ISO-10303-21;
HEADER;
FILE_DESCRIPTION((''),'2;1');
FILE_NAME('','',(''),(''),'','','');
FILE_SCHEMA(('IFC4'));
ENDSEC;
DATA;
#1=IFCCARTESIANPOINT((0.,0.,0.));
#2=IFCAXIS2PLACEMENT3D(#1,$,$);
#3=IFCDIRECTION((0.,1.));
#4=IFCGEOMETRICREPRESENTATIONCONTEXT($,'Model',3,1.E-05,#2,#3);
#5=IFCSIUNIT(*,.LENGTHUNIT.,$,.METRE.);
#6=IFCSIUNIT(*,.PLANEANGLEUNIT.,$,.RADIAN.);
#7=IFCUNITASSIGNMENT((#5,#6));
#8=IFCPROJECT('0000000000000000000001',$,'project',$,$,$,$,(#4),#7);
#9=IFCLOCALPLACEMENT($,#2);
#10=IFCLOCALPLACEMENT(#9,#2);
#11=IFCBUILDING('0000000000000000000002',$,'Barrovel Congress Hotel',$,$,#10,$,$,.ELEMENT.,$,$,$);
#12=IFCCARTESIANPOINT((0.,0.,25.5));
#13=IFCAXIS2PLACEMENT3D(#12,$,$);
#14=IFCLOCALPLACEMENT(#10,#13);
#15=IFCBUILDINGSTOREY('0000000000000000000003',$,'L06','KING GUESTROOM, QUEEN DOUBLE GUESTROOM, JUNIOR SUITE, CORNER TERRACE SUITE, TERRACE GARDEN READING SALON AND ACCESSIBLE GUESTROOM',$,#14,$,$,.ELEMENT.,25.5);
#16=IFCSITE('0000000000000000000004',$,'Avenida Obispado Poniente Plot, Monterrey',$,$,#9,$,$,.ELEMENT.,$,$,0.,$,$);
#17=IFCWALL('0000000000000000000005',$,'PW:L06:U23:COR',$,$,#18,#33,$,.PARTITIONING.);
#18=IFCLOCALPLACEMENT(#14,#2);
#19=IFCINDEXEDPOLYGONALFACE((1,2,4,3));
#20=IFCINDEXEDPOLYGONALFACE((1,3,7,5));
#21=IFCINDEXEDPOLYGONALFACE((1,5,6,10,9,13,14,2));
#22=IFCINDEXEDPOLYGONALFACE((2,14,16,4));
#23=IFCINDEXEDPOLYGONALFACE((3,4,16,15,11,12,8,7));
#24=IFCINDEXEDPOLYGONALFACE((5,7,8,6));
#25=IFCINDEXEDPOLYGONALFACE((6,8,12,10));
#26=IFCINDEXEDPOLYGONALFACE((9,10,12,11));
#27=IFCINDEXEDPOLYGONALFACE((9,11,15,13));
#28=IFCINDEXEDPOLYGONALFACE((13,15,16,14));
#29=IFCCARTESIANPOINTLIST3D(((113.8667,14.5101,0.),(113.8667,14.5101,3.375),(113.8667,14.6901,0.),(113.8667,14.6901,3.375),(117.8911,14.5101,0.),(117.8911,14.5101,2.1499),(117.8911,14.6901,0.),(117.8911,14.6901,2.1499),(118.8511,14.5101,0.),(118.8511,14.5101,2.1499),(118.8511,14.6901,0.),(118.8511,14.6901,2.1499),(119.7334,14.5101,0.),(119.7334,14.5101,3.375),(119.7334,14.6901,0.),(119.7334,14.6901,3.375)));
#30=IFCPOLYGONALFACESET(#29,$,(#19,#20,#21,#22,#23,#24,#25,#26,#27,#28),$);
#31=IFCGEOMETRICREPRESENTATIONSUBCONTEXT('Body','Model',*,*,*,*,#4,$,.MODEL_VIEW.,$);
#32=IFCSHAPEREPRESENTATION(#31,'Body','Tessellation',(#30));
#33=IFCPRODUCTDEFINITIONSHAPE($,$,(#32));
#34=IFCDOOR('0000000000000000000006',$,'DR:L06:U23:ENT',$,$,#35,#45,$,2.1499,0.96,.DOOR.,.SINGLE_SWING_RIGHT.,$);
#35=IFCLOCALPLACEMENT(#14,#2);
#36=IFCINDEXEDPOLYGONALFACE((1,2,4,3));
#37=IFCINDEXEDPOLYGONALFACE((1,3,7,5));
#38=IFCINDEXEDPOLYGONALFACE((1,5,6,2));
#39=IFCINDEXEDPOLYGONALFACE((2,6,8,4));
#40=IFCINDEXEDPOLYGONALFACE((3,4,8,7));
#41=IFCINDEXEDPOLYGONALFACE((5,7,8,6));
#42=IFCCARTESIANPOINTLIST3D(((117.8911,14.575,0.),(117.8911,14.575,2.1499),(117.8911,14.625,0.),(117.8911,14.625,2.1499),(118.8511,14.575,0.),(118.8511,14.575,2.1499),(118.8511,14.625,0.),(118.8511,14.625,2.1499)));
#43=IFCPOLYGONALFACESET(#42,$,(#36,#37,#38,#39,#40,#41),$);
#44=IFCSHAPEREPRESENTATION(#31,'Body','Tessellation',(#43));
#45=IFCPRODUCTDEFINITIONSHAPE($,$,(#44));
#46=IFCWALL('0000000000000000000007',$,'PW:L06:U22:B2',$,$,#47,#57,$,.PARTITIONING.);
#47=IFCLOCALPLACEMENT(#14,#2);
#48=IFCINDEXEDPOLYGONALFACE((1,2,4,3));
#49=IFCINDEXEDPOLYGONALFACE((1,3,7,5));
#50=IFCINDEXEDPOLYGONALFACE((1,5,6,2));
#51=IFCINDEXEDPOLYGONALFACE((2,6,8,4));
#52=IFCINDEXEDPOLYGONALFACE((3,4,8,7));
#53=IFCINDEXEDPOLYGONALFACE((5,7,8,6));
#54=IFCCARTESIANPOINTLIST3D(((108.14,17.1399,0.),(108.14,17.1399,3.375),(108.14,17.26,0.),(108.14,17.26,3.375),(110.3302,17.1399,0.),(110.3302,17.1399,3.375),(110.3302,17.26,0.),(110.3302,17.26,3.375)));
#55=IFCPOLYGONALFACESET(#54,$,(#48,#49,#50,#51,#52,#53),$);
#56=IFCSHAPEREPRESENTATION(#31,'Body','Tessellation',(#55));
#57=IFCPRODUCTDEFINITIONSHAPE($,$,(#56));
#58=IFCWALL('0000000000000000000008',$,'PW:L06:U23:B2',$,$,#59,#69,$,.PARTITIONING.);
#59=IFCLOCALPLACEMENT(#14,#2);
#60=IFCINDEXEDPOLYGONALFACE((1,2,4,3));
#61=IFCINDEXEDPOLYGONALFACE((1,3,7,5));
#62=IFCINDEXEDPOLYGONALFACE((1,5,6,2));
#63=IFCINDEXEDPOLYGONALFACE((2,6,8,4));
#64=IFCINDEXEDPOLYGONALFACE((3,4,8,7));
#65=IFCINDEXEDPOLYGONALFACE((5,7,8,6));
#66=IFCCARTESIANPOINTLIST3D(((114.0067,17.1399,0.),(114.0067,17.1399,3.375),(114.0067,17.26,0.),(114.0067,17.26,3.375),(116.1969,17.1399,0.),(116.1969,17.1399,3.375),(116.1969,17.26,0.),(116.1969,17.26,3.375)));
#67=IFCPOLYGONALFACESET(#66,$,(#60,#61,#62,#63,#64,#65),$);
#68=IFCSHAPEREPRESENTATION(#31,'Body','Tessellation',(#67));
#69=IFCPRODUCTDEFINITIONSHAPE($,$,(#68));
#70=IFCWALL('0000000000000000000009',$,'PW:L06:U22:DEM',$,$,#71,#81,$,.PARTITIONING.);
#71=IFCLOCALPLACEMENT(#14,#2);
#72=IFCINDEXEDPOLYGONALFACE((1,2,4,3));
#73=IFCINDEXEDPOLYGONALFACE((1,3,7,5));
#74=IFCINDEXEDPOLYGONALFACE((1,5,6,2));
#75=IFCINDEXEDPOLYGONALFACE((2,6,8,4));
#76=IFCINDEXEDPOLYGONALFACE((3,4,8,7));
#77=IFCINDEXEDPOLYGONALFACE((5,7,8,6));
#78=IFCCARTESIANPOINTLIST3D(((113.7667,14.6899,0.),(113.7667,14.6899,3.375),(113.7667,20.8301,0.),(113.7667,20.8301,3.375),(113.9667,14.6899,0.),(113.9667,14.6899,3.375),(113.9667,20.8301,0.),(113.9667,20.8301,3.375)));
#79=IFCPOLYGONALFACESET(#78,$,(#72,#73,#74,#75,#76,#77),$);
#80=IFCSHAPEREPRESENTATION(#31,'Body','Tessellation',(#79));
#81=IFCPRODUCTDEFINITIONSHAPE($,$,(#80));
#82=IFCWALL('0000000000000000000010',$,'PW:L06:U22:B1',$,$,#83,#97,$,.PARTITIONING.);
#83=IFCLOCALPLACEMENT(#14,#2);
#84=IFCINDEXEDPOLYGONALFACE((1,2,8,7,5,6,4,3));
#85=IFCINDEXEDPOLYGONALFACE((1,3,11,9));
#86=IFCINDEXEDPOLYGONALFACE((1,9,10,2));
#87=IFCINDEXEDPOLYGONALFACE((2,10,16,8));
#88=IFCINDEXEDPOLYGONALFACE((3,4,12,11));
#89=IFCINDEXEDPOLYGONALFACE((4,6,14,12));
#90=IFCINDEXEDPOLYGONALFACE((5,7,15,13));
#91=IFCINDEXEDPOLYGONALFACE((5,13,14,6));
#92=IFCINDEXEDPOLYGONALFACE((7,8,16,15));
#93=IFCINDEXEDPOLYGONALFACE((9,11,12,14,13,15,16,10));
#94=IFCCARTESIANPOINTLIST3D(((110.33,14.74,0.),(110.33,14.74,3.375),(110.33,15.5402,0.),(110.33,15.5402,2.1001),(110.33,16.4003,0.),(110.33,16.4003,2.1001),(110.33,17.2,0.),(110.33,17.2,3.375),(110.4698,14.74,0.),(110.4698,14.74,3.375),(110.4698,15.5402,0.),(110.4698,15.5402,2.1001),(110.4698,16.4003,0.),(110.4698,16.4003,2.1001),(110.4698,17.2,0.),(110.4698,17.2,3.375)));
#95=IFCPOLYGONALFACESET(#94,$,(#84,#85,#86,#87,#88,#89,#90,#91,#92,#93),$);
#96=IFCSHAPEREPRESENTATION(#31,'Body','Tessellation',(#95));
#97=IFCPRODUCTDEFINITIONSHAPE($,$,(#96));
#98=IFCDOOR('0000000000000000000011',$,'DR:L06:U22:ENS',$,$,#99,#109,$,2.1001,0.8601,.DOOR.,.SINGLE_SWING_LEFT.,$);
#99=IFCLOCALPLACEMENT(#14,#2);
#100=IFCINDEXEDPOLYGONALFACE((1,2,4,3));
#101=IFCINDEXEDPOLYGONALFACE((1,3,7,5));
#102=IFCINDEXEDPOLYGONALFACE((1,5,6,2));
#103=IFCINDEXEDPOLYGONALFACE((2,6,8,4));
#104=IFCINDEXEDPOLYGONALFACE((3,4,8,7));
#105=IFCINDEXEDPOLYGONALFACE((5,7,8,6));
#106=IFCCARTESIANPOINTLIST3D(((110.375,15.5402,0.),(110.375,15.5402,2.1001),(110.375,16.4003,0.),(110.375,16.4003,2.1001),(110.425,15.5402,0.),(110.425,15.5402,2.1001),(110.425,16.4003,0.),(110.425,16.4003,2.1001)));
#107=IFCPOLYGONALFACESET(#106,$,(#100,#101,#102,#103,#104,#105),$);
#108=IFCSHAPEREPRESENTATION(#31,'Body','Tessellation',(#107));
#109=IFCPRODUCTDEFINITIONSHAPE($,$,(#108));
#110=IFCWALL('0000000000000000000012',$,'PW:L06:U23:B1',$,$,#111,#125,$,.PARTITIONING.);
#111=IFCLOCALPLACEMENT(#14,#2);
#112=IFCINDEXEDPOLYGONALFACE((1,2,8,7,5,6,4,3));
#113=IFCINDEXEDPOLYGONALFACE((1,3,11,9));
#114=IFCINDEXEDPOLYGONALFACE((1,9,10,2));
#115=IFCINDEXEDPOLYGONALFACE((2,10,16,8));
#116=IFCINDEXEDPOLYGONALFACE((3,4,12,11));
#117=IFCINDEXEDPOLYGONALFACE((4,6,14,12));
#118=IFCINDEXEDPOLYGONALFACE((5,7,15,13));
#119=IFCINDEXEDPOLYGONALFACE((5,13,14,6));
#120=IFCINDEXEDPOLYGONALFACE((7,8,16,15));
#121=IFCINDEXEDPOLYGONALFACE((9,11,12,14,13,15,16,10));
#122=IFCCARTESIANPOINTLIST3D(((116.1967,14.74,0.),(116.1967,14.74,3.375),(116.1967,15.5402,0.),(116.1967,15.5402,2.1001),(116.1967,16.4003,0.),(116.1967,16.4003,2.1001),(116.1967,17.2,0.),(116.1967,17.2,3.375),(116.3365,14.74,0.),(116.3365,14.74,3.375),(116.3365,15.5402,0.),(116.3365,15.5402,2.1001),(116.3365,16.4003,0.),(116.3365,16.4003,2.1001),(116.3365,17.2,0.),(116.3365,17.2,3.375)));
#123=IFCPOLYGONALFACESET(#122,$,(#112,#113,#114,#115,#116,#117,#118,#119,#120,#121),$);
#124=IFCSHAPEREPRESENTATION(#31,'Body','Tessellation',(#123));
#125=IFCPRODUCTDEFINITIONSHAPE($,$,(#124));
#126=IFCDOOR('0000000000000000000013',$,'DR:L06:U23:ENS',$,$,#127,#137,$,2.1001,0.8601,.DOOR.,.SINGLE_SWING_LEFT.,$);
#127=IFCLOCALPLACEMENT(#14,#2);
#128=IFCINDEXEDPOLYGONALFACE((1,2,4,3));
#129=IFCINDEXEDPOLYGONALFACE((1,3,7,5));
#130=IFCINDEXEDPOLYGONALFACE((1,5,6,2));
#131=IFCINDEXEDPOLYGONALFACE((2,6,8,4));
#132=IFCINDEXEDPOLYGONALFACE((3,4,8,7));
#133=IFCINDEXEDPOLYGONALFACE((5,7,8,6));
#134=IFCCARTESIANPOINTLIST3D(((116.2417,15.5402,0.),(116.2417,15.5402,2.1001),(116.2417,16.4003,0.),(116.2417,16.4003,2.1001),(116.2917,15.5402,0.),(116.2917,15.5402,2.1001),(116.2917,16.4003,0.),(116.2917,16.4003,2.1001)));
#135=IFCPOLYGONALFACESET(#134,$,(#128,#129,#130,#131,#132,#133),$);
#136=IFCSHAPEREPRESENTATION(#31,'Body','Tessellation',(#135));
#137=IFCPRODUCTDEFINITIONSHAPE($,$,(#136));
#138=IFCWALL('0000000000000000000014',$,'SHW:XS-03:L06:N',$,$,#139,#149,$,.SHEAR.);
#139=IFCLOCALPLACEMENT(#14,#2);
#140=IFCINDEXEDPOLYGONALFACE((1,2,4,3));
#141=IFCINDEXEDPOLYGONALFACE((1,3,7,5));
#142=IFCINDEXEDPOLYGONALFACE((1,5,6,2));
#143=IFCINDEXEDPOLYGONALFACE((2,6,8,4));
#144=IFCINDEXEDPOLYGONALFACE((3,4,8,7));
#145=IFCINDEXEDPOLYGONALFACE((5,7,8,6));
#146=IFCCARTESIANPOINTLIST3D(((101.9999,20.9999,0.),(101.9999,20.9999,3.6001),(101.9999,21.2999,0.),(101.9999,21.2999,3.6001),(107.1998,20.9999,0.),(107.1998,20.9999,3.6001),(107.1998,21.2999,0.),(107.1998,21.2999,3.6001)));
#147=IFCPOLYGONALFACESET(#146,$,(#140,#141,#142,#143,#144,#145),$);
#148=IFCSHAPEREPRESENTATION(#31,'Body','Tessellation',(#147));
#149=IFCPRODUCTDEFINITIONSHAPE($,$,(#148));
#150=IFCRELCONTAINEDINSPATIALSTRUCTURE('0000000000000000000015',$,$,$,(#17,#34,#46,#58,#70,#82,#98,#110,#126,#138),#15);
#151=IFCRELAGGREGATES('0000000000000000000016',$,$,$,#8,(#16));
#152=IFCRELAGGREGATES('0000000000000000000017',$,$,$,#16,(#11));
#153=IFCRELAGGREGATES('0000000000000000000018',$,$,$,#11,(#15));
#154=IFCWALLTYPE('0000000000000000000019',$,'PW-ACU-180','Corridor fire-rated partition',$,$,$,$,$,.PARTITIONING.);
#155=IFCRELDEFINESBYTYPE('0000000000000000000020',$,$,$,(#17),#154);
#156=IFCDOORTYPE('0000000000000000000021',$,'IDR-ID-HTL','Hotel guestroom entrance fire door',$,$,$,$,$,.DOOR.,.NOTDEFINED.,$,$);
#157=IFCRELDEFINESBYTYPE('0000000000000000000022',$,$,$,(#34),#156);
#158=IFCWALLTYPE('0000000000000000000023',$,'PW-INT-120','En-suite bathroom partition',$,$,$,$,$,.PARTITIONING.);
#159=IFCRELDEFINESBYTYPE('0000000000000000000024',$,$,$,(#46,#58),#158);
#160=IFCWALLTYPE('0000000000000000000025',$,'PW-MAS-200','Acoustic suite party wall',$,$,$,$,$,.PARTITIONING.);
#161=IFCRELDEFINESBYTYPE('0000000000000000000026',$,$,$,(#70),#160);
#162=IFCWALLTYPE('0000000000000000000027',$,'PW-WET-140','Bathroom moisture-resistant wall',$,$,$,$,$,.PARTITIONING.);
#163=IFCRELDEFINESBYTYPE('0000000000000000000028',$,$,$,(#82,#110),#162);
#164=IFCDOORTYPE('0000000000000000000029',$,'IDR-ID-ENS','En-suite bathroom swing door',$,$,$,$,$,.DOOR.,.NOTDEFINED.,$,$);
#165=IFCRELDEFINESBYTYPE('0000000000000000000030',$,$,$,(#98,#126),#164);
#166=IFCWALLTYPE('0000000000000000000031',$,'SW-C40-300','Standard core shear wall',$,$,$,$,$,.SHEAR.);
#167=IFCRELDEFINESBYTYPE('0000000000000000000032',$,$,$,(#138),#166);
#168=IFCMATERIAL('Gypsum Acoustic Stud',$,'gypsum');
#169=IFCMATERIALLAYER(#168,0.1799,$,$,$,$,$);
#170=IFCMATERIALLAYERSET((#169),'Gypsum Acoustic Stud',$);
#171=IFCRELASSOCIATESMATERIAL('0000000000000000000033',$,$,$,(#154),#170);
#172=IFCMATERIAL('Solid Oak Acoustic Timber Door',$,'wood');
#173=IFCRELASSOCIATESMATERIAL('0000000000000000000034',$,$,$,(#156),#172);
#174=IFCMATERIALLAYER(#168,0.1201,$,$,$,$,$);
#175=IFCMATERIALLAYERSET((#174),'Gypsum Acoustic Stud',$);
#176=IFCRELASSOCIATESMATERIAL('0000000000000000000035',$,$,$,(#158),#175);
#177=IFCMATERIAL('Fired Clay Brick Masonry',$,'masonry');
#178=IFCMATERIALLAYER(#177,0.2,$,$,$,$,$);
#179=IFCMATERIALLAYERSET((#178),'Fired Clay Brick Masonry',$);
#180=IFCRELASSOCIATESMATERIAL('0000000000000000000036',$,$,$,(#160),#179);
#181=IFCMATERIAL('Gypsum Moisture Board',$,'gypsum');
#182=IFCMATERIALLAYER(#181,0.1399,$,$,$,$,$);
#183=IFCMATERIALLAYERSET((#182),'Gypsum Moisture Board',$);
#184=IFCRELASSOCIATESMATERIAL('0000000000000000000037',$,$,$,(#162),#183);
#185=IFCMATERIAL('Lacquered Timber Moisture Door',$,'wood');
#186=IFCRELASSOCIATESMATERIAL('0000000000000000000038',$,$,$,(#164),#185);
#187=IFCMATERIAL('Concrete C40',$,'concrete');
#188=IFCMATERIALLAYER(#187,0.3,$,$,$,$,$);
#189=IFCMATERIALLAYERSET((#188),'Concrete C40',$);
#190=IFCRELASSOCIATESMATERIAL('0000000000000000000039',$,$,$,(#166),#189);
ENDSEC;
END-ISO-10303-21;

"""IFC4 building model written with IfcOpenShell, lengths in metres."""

from ifc_helpers import new_model, si_unit, direction, frame, frame_2d, origin, place, context, subcontext, project, spatial, rectangle, extrude, material, layer, layer_set, type_object, element, fill, save


model = new_model("IFC4")

# Units and contexts
model_context = context("Model", 3, precision=1e-05, world=origin(), true_north=direction((0.0, 1.0)))
body_context = subcontext(model_context, "Body", "Model", "MODEL_VIEW")
ifc_project = project(units=[si_unit("LENGTHUNIT", "METRE"), si_unit("PLANEANGLEUNIT", "RADIAN")], contexts=[model_context])

# Site, building, storey
site_placement = place(None, origin())
site = spatial("IfcSite", under=ifc_project, at=site_placement, Name="Avenida Obispado Poniente Plot, Monterrey", CompositionType="ELEMENT", RefElevation=0.0)
building_placement = place(site_placement, origin())
building = spatial("IfcBuilding", under=site, at=building_placement, Name="Barrovel Congress Hotel", CompositionType="ELEMENT")
storey_placement = place(building_placement, frame((0.0, 0.0, 25.5)))
storey = spatial("IfcBuildingStorey", under=building, at=storey_placement, Name="L06", Description="KING GUESTROOM, QUEEN DOUBLE GUESTROOM, JUNIOR SUITE, CORNER TERRACE SUITE, TERRACE GARDEN READING SALON AND ACCESSIBLE GUESTROOM", CompositionType="ELEMENT", Elevation=25.5)

# Shared definitions
ifc_material_1 = material(Name="Concrete C40", Category="concrete")

# Shared definitions
ifc_material_2 = material(Name="Fired Clay Brick Masonry", Category="masonry")

# Wall, opening, door
ifc_material_3 = material(Name="Gypsum Acoustic Stud", Category="gypsum")
ifc_layer_1 = layer(ifc_material_3, 0.1799)
ifc_layer_set_1 = layer_set([ifc_layer_1], Name="Gypsum Acoustic Stud")
wall_type_1 = type_object("IfcWallType", Name="PW-ACU-180", Description="Corridor fire-rated partition", PredefinedType="PARTITIONING", material=ifc_layer_set_1)
ifc_material_4 = material(Name="Solid Oak Acoustic Timber Door", Category="wood")
door_type_1 = type_object("IfcDoorType", Name="IDR-ID-HTL", Description="Hotel guestroom entrance fire door", OperationType="NOTDEFINED", PredefinedType="DOOR", material=ifc_material_4)
wall_1_placement = place(storey_placement, frame((113.8667, 14.6001, 0.0), z_axis=(0.0, 0.0, 1.0), x_axis=(1.0, 0.0, 0.0)))
wall_1 = element("IfcWall", 1, at=wall_1_placement, inside=storey, type_object=wall_type_1, Name="PW:L06:U23:COR", PredefinedType="PARTITIONING", context=body_context, shape_type="SweptSolid", body=[
    extrude(rectangle(XDim=5.8667, YDim=0.1799, at=frame_2d((2.9333, 0.0))), origin(), (0.0, 0.0, 1.0), 3.375),
])
opening_1_placement = place(wall_1_placement, frame((4.0244, 0.0, 0.0)))
opening_1 = element("IfcOpeningElement", 2, at=opening_1_placement, cuts=wall_1, PredefinedType="OPENING", context=body_context, shape_type="SweptSolid", body=[
    extrude(rectangle(XDim=0.96, YDim=2.1499, at=frame_2d((0.48, 1.075))), frame((0.0, 0.1001, 0.0), z_axis=(0.0, -1.0, 0.0), x_axis=(1.0, 0.0, 0.0)), (0.0, 0.0, 1.0), 0.2),
])
door_1_placement = place(opening_1_placement, origin())
door_1 = element("IfcDoor", 3, at=door_1_placement, inside=storey, type_object=door_type_1, Name="DR:L06:U23:ENT", OperationType="SINGLE_SWING_RIGHT", OverallHeight=2.1499, OverallWidth=0.96, PredefinedType="DOOR", context=body_context, shape_type="SweptSolid", body=[
    extrude(rectangle(XDim=0.96, YDim=2.1499, at=frame_2d((0.48, 1.075))), frame((0.0, 0.0249, 0.0), z_axis=(0.0, -1.0, 0.0), x_axis=(1.0, 0.0, 0.0)), (0.0, 0.0, 1.0), 0.05),
])
fill(opening_1, door_1)

# Walls
ifc_layer_2 = layer(ifc_material_3, 0.1201)
ifc_layer_set_2 = layer_set([ifc_layer_2], Name="Gypsum Acoustic Stud")
wall_type_2 = type_object("IfcWallType", Name="PW-INT-120", Description="En-suite bathroom partition", PredefinedType="PARTITIONING", material=ifc_layer_set_2)
for number, where, z_axis, x_axis, name in (
    (4, (108.1399, 17.2, 0.0), (0.0, 0.0, 1.0), (1.0, 0.0, 0.0), "PW:L06:U22:B2"),
    (5, (114.0066, 17.2, 0.0), (0.0, 0.0, 1.0), (1.0, 0.0, 0.0), "PW:L06:U23:B2"),
):
    element("IfcWall", number, at=place(storey_placement, frame(where, z_axis=z_axis, x_axis=x_axis)), inside=storey, type_object=wall_type_2, Name=name, PredefinedType="PARTITIONING", context=body_context, shape_type="SweptSolid", body=[
        extrude(rectangle(XDim=2.1902, YDim=0.1201, at=frame_2d((1.0952, 0.0))), origin(), (0.0, 0.0, 1.0), 3.375),
    ])
ifc_layer_3 = layer(ifc_material_2, 0.2)
ifc_layer_set_3 = layer_set([ifc_layer_3], Name="Fired Clay Brick Masonry")
wall_type_3 = type_object("IfcWallType", Name="PW-MAS-200", Description="Acoustic suite party wall", PredefinedType="PARTITIONING", material=ifc_layer_set_3)
wall_2_placement = place(storey_placement, frame((113.8667, 14.6899, 0.0), z_axis=(0.0, 0.0, 1.0), x_axis=(0.0, 1.0, 0.0)))
element("IfcWall", 6, at=wall_2_placement, inside=storey, type_object=wall_type_3, Name="PW:L06:U22:DEM", PredefinedType="PARTITIONING", context=body_context, shape_type="SweptSolid", body=[
    extrude(rectangle(XDim=6.1401, YDim=0.2, at=frame_2d((3.0701, 0.0))), origin(), (0.0, 0.0, 1.0), 3.375),
])

# Walls, openings, doors
ifc_material_5 = material(Name="Gypsum Moisture Board", Category="gypsum")
ifc_layer_4 = layer(ifc_material_5, 0.1399)
ifc_layer_set_4 = layer_set([ifc_layer_4], Name="Gypsum Moisture Board")
wall_type_4 = type_object("IfcWallType", Name="PW-WET-140", Description="Bathroom moisture-resistant wall", PredefinedType="PARTITIONING", material=ifc_layer_set_4)
wall_3_placement = place(storey_placement, frame((110.3999, 14.74, 0.0), z_axis=(0.0, 0.0, 1.0), x_axis=(0.0, 1.0, 0.0)))
wall_3 = element("IfcWall", 7, at=wall_3_placement, inside=storey, type_object=wall_type_4, Name="PW:L06:U22:B1", PredefinedType="PARTITIONING", context=body_context, shape_type="SweptSolid", body=[
    extrude(rectangle(XDim=2.46, YDim=0.1399, at=frame_2d((1.23, 0.0))), origin(), (0.0, 0.0, 1.0), 3.375),
])
opening_2_placement = place(wall_3_placement, frame((0.8, 0.0, 0.0)))
opening_2 = element("IfcOpeningElement", 8, at=opening_2_placement, cuts=wall_3, PredefinedType="OPENING", context=body_context, shape_type="SweptSolid", body=[
    extrude(rectangle(XDim=0.8601, YDim=2.1001, at=frame_2d((0.4302, 1.05))), frame((0.0, 0.0801, 0.0), z_axis=(0.0, -1.0, 0.0), x_axis=(1.0, 0.0, 0.0)), (0.0, 0.0, 1.0), 0.1599),
])
ifc_material_6 = material(Name="Lacquered Timber Moisture Door", Category="wood")
door_type_2 = type_object("IfcDoorType", Name="IDR-ID-ENS", Description="En-suite bathroom swing door", OperationType="NOTDEFINED", PredefinedType="DOOR", material=ifc_material_6)
door_2_placement = place(opening_2_placement, origin())
door_2 = element("IfcDoor", 9, at=door_2_placement, inside=storey, type_object=door_type_2, Name="DR:L06:U22:ENS", OperationType="SINGLE_SWING_LEFT", OverallHeight=2.1001, OverallWidth=0.8601, PredefinedType="DOOR", context=body_context, shape_type="SweptSolid", body=[
    extrude(rectangle(XDim=0.8601, YDim=2.1001, at=frame_2d((0.4302, 1.05))), frame((0.0, 0.0249, 0.0), z_axis=(0.0, -1.0, 0.0), x_axis=(1.0, 0.0, 0.0)), (0.0, 0.0, 1.0), 0.05),
])
fill(opening_2, door_2)
wall_4_placement = place(storey_placement, frame((116.2666, 14.74, 0.0), z_axis=(0.0, 0.0, 1.0), x_axis=(0.0, 1.0, 0.0)))
wall_4 = element("IfcWall", 10, at=wall_4_placement, inside=storey, type_object=wall_type_4, Name="PW:L06:U23:B1", PredefinedType="PARTITIONING", context=body_context, shape_type="SweptSolid", body=[
    extrude(rectangle(XDim=2.46, YDim=0.1399, at=frame_2d((1.23, 0.0))), origin(), (0.0, 0.0, 1.0), 3.375),
])
opening_3_placement = place(wall_4_placement, frame((0.8, 0.0, 0.0)))
opening_3 = element("IfcOpeningElement", 11, at=opening_3_placement, cuts=wall_4, PredefinedType="OPENING", context=body_context, shape_type="SweptSolid", body=[
    extrude(rectangle(XDim=0.8601, YDim=2.1001, at=frame_2d((0.4302, 1.05))), frame((0.0, 0.0801, 0.0), z_axis=(0.0, -1.0, 0.0), x_axis=(1.0, 0.0, 0.0)), (0.0, 0.0, 1.0), 0.1599),
])
door_3_placement = place(opening_3_placement, origin())
door_3 = element("IfcDoor", 12, at=door_3_placement, inside=storey, type_object=door_type_2, Name="DR:L06:U23:ENS", OperationType="SINGLE_SWING_LEFT", OverallHeight=2.1001, OverallWidth=0.8601, PredefinedType="DOOR", context=body_context, shape_type="SweptSolid", body=[
    extrude(rectangle(XDim=0.8601, YDim=2.1001, at=frame_2d((0.4302, 1.05))), frame((0.0, 0.0249, 0.0), z_axis=(0.0, -1.0, 0.0), x_axis=(1.0, 0.0, 0.0)), (0.0, 0.0, 1.0), 0.05),
])
fill(opening_3, door_3)

# Wall
ifc_layer_5 = layer(ifc_material_1, 0.3)
ifc_layer_set_5 = layer_set([ifc_layer_5], Name="Concrete C40")
wall_type_5 = type_object("IfcWallType", Name="SW-C40-300", Description="Standard core shear wall", PredefinedType="SHEAR", material=ifc_layer_set_5)
wall_5_placement = place(storey_placement, frame((107.2, 21.1499, 0.0), z_axis=(0.0, 0.0, 1.0), x_axis=(-1.0, 0.0, 0.0)))
element("IfcWall", 13, at=wall_5_placement, inside=storey, type_object=wall_type_5, Name="SHW:XS-03:L06:N", PredefinedType="SHEAR", context=body_context, shape_type="SweptSolid", body=[
    extrude(rectangle(XDim=5.2, YDim=0.3, at=frame_2d((2.6001, 0.0))), origin(), (0.0, 0.0, 1.0), 3.6001),
])

save(model, "model.ifc")
